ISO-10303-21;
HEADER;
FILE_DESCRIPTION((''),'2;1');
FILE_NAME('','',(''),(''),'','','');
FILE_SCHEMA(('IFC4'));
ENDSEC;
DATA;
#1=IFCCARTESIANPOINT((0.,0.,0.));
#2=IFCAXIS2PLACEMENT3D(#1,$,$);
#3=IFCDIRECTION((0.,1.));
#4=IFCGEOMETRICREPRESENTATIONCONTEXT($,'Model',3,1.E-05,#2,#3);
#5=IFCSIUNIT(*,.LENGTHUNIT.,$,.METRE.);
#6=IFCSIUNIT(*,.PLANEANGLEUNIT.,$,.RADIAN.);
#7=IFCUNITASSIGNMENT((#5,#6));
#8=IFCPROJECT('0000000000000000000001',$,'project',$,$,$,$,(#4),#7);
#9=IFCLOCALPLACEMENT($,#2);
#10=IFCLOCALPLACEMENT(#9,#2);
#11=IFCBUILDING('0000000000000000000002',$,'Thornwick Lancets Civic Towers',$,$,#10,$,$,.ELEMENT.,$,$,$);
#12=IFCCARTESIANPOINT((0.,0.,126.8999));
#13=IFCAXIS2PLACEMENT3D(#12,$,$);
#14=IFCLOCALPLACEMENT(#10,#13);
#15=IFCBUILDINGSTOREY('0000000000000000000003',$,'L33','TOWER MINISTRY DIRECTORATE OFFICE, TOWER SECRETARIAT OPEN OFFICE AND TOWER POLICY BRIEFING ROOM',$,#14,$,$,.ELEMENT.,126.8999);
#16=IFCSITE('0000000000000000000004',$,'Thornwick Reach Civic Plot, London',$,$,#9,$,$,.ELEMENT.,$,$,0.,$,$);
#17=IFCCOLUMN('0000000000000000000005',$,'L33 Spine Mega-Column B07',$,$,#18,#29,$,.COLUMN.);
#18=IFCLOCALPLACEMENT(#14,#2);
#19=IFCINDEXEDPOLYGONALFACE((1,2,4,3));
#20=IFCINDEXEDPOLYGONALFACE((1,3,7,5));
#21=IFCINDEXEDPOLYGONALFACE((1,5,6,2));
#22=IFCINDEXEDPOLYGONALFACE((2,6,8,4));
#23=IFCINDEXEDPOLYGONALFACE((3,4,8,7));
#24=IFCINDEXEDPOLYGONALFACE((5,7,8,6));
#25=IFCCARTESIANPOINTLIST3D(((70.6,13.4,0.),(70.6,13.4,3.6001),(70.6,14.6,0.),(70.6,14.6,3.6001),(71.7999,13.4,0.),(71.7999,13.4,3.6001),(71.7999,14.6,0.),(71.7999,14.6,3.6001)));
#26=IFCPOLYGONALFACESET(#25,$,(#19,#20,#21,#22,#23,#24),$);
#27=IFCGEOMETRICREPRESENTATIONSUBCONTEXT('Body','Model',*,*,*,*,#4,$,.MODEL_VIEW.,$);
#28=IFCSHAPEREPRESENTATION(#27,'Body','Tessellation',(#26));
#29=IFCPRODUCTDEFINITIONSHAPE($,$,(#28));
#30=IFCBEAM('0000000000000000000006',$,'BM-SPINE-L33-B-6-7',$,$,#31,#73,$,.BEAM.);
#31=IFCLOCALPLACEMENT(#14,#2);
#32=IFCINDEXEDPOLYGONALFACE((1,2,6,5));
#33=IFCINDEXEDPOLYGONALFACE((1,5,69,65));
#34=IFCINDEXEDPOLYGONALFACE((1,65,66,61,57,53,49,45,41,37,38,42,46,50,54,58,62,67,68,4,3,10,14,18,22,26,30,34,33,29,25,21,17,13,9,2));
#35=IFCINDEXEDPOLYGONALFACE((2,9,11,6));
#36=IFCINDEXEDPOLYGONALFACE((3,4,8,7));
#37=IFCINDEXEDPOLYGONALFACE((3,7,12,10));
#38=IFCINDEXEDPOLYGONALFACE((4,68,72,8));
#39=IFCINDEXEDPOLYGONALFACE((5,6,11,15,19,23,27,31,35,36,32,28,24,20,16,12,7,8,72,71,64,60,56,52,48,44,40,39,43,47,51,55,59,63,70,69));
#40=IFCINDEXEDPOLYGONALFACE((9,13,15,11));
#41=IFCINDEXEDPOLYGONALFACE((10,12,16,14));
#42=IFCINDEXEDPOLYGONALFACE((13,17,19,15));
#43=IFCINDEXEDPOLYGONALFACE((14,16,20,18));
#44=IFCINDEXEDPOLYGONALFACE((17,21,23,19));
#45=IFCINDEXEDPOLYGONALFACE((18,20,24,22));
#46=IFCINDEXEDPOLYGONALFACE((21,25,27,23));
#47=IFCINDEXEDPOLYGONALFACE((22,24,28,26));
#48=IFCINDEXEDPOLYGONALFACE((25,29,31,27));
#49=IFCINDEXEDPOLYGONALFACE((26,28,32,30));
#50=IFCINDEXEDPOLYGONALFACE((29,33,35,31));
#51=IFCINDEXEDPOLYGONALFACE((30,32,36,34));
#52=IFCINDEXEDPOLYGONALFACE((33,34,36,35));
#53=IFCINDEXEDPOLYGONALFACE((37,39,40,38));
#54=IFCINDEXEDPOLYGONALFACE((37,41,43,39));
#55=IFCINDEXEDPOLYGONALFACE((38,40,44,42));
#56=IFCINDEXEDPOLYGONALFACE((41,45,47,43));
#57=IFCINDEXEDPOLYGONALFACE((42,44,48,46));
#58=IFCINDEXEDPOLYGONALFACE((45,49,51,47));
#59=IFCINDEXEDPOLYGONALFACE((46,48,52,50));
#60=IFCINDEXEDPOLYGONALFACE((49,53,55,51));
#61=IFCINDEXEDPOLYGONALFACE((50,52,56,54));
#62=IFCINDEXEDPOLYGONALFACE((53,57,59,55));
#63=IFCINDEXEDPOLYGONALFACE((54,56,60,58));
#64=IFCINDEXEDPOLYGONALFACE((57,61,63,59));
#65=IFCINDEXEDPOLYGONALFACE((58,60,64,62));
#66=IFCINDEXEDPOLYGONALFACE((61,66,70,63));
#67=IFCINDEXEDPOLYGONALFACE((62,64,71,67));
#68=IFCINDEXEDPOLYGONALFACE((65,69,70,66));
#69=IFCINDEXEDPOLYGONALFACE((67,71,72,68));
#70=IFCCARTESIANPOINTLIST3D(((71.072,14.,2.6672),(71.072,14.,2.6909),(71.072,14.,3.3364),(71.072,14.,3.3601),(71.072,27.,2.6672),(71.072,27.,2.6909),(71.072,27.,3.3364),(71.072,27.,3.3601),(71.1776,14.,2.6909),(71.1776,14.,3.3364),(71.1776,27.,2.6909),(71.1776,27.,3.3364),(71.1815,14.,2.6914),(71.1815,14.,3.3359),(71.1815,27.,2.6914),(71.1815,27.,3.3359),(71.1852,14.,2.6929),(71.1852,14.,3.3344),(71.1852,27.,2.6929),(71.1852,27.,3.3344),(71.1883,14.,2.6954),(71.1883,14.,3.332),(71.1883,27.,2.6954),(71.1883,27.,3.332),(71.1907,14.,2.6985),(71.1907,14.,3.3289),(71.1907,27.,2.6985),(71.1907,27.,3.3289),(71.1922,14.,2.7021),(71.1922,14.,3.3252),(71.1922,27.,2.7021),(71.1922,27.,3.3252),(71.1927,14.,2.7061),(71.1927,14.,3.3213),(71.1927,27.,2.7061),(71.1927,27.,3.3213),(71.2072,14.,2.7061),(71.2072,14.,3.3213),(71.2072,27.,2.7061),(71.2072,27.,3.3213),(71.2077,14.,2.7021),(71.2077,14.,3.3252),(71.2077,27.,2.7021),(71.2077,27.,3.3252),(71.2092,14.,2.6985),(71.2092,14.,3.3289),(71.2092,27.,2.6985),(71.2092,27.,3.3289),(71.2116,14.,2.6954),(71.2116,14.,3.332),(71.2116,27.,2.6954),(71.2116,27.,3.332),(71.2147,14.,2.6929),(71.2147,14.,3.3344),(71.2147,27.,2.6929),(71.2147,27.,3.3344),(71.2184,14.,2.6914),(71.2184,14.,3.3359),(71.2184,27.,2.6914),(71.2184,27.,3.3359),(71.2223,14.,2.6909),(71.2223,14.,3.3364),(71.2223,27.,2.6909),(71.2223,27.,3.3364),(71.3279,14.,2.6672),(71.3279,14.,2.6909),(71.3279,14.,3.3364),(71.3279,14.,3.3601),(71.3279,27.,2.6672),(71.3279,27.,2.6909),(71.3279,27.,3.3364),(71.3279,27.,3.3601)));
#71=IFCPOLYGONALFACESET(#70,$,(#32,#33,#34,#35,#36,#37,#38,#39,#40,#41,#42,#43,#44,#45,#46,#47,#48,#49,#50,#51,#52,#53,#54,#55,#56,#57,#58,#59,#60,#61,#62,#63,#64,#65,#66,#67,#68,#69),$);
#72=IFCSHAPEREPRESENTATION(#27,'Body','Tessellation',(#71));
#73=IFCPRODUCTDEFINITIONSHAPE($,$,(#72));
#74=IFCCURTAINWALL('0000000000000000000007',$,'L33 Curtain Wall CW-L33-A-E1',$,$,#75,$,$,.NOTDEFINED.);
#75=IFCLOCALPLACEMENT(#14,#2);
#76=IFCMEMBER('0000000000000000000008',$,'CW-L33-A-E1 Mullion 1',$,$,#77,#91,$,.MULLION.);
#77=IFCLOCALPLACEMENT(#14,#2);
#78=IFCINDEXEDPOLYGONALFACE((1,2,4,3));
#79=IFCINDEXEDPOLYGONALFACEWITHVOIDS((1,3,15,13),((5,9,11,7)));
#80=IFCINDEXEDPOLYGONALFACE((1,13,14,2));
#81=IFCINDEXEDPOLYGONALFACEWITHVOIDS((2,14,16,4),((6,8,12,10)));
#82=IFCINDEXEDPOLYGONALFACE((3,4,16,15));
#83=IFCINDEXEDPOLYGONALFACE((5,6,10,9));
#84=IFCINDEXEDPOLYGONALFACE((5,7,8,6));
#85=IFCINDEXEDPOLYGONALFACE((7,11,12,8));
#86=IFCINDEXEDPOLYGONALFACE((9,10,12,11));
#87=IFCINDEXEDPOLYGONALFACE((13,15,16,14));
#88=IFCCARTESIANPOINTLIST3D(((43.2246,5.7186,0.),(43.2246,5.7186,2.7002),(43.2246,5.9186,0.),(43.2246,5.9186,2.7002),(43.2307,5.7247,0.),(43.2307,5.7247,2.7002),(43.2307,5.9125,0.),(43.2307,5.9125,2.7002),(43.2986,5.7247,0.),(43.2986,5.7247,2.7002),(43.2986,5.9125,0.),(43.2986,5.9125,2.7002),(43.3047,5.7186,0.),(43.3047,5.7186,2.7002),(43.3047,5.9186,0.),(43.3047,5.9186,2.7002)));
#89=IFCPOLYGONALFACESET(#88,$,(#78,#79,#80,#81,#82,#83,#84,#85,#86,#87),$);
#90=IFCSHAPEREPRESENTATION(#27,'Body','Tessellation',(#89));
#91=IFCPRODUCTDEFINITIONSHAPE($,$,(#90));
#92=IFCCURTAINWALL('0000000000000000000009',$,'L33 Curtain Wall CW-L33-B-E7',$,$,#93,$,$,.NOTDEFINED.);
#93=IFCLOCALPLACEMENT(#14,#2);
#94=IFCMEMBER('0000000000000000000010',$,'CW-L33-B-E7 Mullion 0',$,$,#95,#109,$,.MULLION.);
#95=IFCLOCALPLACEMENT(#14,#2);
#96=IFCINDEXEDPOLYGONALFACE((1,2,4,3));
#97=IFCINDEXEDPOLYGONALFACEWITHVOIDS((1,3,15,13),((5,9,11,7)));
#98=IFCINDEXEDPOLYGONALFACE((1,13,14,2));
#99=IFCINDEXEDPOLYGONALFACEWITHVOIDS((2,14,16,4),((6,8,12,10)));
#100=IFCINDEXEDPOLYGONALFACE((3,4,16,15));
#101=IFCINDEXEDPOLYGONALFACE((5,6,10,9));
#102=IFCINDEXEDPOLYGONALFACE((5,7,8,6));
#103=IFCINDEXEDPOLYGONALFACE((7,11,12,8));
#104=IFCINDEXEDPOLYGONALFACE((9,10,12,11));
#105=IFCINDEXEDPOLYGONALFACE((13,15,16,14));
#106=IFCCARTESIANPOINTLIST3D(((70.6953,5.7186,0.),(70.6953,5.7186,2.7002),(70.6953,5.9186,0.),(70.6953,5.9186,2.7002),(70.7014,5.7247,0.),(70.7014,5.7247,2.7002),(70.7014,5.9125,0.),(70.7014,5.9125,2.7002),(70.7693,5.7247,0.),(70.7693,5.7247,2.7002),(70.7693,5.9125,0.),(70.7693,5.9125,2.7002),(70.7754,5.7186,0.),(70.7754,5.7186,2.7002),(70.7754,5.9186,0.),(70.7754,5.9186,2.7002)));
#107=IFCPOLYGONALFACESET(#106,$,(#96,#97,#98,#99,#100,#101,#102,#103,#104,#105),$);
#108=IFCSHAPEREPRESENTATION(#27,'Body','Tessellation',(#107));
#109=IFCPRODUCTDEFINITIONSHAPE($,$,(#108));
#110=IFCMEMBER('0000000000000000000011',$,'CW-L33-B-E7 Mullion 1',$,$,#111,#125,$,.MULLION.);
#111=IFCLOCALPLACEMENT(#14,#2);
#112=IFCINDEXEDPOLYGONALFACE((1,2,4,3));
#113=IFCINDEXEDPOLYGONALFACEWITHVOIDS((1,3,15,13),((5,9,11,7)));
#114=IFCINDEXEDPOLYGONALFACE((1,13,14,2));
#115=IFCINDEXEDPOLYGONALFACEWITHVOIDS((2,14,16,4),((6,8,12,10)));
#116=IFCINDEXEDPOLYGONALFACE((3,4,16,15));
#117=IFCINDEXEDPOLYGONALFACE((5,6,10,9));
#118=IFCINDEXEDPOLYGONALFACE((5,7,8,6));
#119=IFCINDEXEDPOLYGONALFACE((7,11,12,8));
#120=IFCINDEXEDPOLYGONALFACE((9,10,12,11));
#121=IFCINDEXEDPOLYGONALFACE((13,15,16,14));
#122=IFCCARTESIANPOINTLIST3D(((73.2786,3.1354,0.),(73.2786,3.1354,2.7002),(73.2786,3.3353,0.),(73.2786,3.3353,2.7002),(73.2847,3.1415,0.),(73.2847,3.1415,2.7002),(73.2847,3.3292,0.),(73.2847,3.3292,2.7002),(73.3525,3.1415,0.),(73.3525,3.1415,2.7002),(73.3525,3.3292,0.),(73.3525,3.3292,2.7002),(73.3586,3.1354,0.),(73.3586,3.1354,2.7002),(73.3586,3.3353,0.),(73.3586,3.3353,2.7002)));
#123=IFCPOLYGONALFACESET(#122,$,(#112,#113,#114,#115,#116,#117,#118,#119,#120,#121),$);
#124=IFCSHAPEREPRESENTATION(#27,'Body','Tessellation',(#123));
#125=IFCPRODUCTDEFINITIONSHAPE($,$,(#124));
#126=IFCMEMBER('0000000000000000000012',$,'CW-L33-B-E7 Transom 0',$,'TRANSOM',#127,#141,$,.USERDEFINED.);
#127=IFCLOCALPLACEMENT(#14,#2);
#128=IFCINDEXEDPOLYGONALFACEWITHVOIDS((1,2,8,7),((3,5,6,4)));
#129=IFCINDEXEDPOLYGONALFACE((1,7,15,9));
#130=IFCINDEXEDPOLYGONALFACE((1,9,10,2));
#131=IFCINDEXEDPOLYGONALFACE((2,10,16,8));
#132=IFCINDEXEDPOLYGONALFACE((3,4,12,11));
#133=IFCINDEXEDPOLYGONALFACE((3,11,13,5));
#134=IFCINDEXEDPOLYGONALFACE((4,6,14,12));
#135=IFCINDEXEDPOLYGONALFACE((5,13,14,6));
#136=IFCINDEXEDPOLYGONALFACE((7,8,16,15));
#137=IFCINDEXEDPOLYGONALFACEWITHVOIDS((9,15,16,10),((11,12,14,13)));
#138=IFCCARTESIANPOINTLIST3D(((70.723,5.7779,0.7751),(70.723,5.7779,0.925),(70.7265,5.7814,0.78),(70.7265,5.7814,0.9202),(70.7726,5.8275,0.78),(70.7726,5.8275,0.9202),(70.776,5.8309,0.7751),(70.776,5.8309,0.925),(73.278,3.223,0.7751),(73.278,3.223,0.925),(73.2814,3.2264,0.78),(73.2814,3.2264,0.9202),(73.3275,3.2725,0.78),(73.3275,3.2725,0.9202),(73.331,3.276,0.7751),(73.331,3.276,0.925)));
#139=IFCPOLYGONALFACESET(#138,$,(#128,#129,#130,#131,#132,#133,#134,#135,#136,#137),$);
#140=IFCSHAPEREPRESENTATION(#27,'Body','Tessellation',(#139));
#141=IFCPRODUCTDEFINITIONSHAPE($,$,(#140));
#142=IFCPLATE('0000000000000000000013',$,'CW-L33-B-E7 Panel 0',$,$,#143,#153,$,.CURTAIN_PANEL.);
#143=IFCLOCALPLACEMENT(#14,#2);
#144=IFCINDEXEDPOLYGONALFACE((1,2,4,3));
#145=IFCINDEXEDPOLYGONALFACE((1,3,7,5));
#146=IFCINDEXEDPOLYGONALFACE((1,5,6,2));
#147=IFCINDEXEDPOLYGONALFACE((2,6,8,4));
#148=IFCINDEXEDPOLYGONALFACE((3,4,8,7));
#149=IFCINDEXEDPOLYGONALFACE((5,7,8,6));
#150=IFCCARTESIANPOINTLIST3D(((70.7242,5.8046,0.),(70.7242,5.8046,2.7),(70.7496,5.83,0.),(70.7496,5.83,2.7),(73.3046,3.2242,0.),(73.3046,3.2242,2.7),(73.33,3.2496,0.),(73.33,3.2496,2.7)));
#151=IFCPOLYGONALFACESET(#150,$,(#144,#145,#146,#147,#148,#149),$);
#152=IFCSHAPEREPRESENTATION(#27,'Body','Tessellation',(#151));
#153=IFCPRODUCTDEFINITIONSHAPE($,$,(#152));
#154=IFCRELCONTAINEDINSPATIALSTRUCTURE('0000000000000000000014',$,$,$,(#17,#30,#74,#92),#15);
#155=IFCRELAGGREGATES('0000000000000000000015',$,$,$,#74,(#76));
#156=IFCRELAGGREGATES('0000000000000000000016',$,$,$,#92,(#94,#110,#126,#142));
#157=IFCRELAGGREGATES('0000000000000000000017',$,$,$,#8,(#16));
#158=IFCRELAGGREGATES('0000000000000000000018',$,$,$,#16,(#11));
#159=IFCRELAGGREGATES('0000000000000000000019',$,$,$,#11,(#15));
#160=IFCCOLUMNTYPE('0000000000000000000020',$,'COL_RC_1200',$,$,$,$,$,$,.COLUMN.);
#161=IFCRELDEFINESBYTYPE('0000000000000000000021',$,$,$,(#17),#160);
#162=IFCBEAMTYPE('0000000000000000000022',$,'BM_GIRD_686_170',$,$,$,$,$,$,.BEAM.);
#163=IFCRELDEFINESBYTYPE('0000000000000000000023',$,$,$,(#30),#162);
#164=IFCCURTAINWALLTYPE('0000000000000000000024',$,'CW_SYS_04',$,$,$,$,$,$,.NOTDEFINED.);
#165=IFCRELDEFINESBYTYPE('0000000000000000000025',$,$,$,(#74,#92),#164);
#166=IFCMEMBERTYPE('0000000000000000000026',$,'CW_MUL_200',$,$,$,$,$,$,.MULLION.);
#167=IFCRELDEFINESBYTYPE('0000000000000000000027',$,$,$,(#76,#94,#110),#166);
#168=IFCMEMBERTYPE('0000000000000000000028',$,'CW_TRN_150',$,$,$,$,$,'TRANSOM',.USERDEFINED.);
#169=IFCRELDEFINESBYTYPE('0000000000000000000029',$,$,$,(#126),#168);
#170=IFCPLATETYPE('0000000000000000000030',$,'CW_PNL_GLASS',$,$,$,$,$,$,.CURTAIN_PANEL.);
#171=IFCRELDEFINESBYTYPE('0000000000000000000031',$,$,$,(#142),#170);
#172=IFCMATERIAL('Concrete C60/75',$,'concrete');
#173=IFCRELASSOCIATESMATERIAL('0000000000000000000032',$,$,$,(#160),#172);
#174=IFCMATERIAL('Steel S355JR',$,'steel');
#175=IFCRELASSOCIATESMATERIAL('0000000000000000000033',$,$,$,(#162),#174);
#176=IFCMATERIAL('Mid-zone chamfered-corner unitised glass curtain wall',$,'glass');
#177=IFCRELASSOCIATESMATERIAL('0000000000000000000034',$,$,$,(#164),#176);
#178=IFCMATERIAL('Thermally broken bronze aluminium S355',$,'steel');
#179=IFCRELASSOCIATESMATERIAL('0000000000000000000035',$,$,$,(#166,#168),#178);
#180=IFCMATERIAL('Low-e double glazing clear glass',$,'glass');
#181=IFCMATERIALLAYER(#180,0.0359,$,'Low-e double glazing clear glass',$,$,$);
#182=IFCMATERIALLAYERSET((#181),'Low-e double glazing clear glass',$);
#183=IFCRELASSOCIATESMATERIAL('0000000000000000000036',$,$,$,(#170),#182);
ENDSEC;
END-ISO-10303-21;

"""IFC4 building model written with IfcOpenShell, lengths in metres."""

from ifc_helpers import new_model, si_unit, direction, frame, origin, origin_2d, place, context, subcontext, project, spatial, rectangle, hollow_rectangle, i_section, extrude, material, layer, layer_set, material_profile, profile_set, type_object, element, aggregate, save


model = new_model("IFC4")

# Units and contexts
model_context = context("Model", 3, precision=1e-05, world=origin(), true_north=direction((0.0, 1.0)))
body_context = subcontext(model_context, "Body", "Model", "MODEL_VIEW")
ifc_project = project(units=[si_unit("LENGTHUNIT", "METRE"), si_unit("PLANEANGLEUNIT", "RADIAN")], contexts=[model_context])

# Site, building, storey
site_placement = place(None, origin())
site = spatial("IfcSite", under=ifc_project, at=site_placement, Name="Thornwick Reach Civic Plot, London", CompositionType="ELEMENT", RefElevation=0.0)
building_placement = place(site_placement, origin())
building = spatial("IfcBuilding", under=site, at=building_placement, Name="Thornwick Lancets Civic Towers", CompositionType="ELEMENT")
storey_placement = place(building_placement, frame((0.0, 0.0, 126.8999)))
storey = spatial("IfcBuildingStorey", under=building, at=storey_placement, Name="L33", Description="TOWER MINISTRY DIRECTORATE OFFICE, TOWER SECRETARIAT OPEN OFFICE AND TOWER POLICY BRIEFING ROOM", CompositionType="ELEMENT", Elevation=126.8999)

# Column
ifc_material_1 = material(Name="Concrete C60/75", Category="concrete")
ifc_material_profile_1 = material_profile(ifc_material_1, rectangle(XDim=1.2, YDim=1.2, at=origin_2d()), Name="RC 1200x1200")
ifc_profile_set_1 = profile_set([ifc_material_profile_1], Name="Concrete C60/75")
column_type = type_object("IfcColumnType", Name="COL_RC_1200", PredefinedType="COLUMN", material=ifc_profile_set_1)
column_placement = place(storey_placement, frame((71.2, 14.0, 0.0), z_axis=(0.0, 0.0, 1.0), x_axis=(1.0, 0.0, 0.0)))
element("IfcColumn", 1, at=column_placement, inside=storey, type_object=column_type, Name="L33 Spine Mega-Column B07", PredefinedType="COLUMN", context=body_context, shape_type="SweptSolid", body=[
    extrude(rectangle(XDim=1.2, YDim=1.2, at=origin_2d()), origin(), (0.0, 0.0, 1.0), 3.6001),
])

# Beam
ifc_material_2 = material(Name="Steel S355JR", Category="steel")
ifc_material_profile_2 = material_profile(ifc_material_2, i_section(OverallWidth=0.2559, OverallDepth=0.6929, WebThickness=0.0144, FlangeThickness=0.0237, FilletRadius=0.0151, at=origin_2d()), Name="UKB 686x254x170")
ifc_profile_set_2 = profile_set([ifc_material_profile_2], Name="Steel S355JR")
beam_type = type_object("IfcBeamType", Name="BM_GIRD_686_170", PredefinedType="BEAM", material=ifc_profile_set_2)
beam_placement = place(storey_placement, frame((71.2, 14.0, 3.0137), z_axis=(0.0, 1.0, 0.0), x_axis=(-1.0, 0.0, 0.0)))
element("IfcBeam", 2, at=beam_placement, inside=storey, type_object=beam_type, Name="BM-SPINE-L33-B-6-7", PredefinedType="BEAM", context=body_context, shape_type="SweptSolid", body=[
    extrude(i_section(OverallWidth=0.2559, OverallDepth=0.6929, WebThickness=0.0144, FlangeThickness=0.0237, FilletRadius=0.0151, at=origin_2d()), origin(), (0.0, 0.0, 1.0), 13.0),
])

# Curtain wall, member
ifc_material_3 = material(Name="Mid-zone chamfered-corner unitised glass curtain wall", Category="glass")
curtain_wall_type = type_object("IfcCurtainWallType", Name="CW_SYS_04", PredefinedType="NOTDEFINED", material=ifc_material_3)
curtain_wall_1_placement = place(storey_placement, origin())
curtain_wall_1 = element("IfcCurtainWall", 3, at=curtain_wall_1_placement, inside=storey, type_object=curtain_wall_type, Name="L33 Curtain Wall CW-L33-A-E1", PredefinedType="NOTDEFINED")
ifc_material_4 = material(Name="Thermally broken bronze aluminium S355", Category="steel")
ifc_material_profile_3 = material_profile(ifc_material_4, hollow_rectangle(XDim=0.0801, YDim=0.2, WallThickness=0.0061, at=origin_2d()), Name="RHS 200x80x6")
ifc_profile_set_3 = profile_set([ifc_material_profile_3], Name="Thermally broken bronze aluminium S355")
member_type_1 = type_object("IfcMemberType", Name="CW_MUL_200", PredefinedType="MULLION", material=ifc_profile_set_3)
member_1_placement = place(storey_placement, frame((43.2646, 5.8186, 0.0), z_axis=(0.0, 0.0, 1.0), x_axis=(1.0, 0.0, 0.0)))
member_1 = element("IfcMember", 4, at=member_1_placement, type_object=member_type_1, Name="CW-L33-A-E1 Mullion 1", PredefinedType="MULLION", context=body_context, shape_type="SweptSolid", body=[
    extrude(hollow_rectangle(XDim=0.0801, YDim=0.2, WallThickness=0.0061, at=origin_2d()), origin(), (0.0, 0.0, 1.0), 2.7002),
])
aggregate(curtain_wall_1, [member_1])

# Curtain wall, members, plate
curtain_wall_2_placement = place(storey_placement, origin())
curtain_wall_2 = element("IfcCurtainWall", 5, at=curtain_wall_2_placement, inside=storey, type_object=curtain_wall_type, Name="L33 Curtain Wall CW-L33-B-E7", PredefinedType="NOTDEFINED")
member_2_placement = place(storey_placement, frame((70.7354, 5.8186, 0.0), z_axis=(0.0, 0.0, 1.0), x_axis=(1.0, 0.0, 0.0)))
member_2 = element("IfcMember", 6, at=member_2_placement, type_object=member_type_1, Name="CW-L33-B-E7 Mullion 0", PredefinedType="MULLION", context=body_context, shape_type="SweptSolid", body=[
    extrude(hollow_rectangle(XDim=0.0801, YDim=0.2, WallThickness=0.0061, at=origin_2d()), origin(), (0.0, 0.0, 1.0), 2.7002),
])
member_3_placement = place(storey_placement, frame((73.3186, 3.2354, 0.0), z_axis=(0.0, 0.0, 1.0), x_axis=(1.0, 0.0, 0.0)))
member_3 = element("IfcMember", 7, at=member_3_placement, type_object=member_type_1, Name="CW-L33-B-E7 Mullion 1", PredefinedType="MULLION", context=body_context, shape_type="SweptSolid", body=[
    extrude(hollow_rectangle(XDim=0.0801, YDim=0.2, WallThickness=0.0061, at=origin_2d()), origin(), (0.0, 0.0, 1.0), 2.7002),
])
ifc_material_profile_4 = material_profile(ifc_material_4, hollow_rectangle(XDim=0.075, YDim=0.1499, WallThickness=0.0049, at=origin_2d()), Name="RHS 150x75x5")
ifc_profile_set_4 = profile_set([ifc_material_profile_4], Name="Thermally broken bronze aluminium S355")
member_type_2 = type_object("IfcMemberType", Name="CW_TRN_150", ElementType="TRANSOM", PredefinedType="USERDEFINED", material=ifc_profile_set_4)
member_4_placement = place(storey_placement, frame((70.7495, 5.8044, 0.8501), z_axis=(0.707107, -0.707107, 0.0), x_axis=(0.707107, 0.707107, 0.0)))
member_4 = element("IfcMember", 8, at=member_4_placement, type_object=member_type_2, Name="CW-L33-B-E7 Transom 0", ObjectType="TRANSOM", PredefinedType="USERDEFINED", context=body_context, shape_type="SweptSolid", body=[
    extrude(hollow_rectangle(XDim=0.075, YDim=0.1499, WallThickness=0.0049, at=origin_2d()), origin(), (0.0, 0.0, 1.0), 3.6133),
])
ifc_material_5 = material(Name="Low-e double glazing clear glass", Category="glass")
ifc_layer_1 = layer(ifc_material_5, 0.0359, Name="Low-e double glazing clear glass")
ifc_layer_set_1 = layer_set([ifc_layer_1], Name="Low-e double glazing clear glass")
plate_type = type_object("IfcPlateType", Name="CW_PNL_GLASS", PredefinedType="CURTAIN_PANEL", material=ifc_layer_set_1)
plate_placement = place(storey_placement, frame((72.0271, 4.5271, 0.0), z_axis=(0.0, 0.0, 1.0), x_axis=(0.707107, -0.707107, 0.0)))
plate = element("IfcPlate", 9, at=plate_placement, type_object=plate_type, Name="CW-L33-B-E7 Panel 0", PredefinedType="CURTAIN_PANEL", context=body_context, shape_type="SweptSolid", body=[
    extrude(rectangle(XDim=3.6492, YDim=0.0359, at=origin_2d()), origin(), (0.0, 0.0, 1.0), 2.7),
])
aggregate(curtain_wall_2, [member_2, member_3, member_4, plate])

save(model, "model.ifc")
